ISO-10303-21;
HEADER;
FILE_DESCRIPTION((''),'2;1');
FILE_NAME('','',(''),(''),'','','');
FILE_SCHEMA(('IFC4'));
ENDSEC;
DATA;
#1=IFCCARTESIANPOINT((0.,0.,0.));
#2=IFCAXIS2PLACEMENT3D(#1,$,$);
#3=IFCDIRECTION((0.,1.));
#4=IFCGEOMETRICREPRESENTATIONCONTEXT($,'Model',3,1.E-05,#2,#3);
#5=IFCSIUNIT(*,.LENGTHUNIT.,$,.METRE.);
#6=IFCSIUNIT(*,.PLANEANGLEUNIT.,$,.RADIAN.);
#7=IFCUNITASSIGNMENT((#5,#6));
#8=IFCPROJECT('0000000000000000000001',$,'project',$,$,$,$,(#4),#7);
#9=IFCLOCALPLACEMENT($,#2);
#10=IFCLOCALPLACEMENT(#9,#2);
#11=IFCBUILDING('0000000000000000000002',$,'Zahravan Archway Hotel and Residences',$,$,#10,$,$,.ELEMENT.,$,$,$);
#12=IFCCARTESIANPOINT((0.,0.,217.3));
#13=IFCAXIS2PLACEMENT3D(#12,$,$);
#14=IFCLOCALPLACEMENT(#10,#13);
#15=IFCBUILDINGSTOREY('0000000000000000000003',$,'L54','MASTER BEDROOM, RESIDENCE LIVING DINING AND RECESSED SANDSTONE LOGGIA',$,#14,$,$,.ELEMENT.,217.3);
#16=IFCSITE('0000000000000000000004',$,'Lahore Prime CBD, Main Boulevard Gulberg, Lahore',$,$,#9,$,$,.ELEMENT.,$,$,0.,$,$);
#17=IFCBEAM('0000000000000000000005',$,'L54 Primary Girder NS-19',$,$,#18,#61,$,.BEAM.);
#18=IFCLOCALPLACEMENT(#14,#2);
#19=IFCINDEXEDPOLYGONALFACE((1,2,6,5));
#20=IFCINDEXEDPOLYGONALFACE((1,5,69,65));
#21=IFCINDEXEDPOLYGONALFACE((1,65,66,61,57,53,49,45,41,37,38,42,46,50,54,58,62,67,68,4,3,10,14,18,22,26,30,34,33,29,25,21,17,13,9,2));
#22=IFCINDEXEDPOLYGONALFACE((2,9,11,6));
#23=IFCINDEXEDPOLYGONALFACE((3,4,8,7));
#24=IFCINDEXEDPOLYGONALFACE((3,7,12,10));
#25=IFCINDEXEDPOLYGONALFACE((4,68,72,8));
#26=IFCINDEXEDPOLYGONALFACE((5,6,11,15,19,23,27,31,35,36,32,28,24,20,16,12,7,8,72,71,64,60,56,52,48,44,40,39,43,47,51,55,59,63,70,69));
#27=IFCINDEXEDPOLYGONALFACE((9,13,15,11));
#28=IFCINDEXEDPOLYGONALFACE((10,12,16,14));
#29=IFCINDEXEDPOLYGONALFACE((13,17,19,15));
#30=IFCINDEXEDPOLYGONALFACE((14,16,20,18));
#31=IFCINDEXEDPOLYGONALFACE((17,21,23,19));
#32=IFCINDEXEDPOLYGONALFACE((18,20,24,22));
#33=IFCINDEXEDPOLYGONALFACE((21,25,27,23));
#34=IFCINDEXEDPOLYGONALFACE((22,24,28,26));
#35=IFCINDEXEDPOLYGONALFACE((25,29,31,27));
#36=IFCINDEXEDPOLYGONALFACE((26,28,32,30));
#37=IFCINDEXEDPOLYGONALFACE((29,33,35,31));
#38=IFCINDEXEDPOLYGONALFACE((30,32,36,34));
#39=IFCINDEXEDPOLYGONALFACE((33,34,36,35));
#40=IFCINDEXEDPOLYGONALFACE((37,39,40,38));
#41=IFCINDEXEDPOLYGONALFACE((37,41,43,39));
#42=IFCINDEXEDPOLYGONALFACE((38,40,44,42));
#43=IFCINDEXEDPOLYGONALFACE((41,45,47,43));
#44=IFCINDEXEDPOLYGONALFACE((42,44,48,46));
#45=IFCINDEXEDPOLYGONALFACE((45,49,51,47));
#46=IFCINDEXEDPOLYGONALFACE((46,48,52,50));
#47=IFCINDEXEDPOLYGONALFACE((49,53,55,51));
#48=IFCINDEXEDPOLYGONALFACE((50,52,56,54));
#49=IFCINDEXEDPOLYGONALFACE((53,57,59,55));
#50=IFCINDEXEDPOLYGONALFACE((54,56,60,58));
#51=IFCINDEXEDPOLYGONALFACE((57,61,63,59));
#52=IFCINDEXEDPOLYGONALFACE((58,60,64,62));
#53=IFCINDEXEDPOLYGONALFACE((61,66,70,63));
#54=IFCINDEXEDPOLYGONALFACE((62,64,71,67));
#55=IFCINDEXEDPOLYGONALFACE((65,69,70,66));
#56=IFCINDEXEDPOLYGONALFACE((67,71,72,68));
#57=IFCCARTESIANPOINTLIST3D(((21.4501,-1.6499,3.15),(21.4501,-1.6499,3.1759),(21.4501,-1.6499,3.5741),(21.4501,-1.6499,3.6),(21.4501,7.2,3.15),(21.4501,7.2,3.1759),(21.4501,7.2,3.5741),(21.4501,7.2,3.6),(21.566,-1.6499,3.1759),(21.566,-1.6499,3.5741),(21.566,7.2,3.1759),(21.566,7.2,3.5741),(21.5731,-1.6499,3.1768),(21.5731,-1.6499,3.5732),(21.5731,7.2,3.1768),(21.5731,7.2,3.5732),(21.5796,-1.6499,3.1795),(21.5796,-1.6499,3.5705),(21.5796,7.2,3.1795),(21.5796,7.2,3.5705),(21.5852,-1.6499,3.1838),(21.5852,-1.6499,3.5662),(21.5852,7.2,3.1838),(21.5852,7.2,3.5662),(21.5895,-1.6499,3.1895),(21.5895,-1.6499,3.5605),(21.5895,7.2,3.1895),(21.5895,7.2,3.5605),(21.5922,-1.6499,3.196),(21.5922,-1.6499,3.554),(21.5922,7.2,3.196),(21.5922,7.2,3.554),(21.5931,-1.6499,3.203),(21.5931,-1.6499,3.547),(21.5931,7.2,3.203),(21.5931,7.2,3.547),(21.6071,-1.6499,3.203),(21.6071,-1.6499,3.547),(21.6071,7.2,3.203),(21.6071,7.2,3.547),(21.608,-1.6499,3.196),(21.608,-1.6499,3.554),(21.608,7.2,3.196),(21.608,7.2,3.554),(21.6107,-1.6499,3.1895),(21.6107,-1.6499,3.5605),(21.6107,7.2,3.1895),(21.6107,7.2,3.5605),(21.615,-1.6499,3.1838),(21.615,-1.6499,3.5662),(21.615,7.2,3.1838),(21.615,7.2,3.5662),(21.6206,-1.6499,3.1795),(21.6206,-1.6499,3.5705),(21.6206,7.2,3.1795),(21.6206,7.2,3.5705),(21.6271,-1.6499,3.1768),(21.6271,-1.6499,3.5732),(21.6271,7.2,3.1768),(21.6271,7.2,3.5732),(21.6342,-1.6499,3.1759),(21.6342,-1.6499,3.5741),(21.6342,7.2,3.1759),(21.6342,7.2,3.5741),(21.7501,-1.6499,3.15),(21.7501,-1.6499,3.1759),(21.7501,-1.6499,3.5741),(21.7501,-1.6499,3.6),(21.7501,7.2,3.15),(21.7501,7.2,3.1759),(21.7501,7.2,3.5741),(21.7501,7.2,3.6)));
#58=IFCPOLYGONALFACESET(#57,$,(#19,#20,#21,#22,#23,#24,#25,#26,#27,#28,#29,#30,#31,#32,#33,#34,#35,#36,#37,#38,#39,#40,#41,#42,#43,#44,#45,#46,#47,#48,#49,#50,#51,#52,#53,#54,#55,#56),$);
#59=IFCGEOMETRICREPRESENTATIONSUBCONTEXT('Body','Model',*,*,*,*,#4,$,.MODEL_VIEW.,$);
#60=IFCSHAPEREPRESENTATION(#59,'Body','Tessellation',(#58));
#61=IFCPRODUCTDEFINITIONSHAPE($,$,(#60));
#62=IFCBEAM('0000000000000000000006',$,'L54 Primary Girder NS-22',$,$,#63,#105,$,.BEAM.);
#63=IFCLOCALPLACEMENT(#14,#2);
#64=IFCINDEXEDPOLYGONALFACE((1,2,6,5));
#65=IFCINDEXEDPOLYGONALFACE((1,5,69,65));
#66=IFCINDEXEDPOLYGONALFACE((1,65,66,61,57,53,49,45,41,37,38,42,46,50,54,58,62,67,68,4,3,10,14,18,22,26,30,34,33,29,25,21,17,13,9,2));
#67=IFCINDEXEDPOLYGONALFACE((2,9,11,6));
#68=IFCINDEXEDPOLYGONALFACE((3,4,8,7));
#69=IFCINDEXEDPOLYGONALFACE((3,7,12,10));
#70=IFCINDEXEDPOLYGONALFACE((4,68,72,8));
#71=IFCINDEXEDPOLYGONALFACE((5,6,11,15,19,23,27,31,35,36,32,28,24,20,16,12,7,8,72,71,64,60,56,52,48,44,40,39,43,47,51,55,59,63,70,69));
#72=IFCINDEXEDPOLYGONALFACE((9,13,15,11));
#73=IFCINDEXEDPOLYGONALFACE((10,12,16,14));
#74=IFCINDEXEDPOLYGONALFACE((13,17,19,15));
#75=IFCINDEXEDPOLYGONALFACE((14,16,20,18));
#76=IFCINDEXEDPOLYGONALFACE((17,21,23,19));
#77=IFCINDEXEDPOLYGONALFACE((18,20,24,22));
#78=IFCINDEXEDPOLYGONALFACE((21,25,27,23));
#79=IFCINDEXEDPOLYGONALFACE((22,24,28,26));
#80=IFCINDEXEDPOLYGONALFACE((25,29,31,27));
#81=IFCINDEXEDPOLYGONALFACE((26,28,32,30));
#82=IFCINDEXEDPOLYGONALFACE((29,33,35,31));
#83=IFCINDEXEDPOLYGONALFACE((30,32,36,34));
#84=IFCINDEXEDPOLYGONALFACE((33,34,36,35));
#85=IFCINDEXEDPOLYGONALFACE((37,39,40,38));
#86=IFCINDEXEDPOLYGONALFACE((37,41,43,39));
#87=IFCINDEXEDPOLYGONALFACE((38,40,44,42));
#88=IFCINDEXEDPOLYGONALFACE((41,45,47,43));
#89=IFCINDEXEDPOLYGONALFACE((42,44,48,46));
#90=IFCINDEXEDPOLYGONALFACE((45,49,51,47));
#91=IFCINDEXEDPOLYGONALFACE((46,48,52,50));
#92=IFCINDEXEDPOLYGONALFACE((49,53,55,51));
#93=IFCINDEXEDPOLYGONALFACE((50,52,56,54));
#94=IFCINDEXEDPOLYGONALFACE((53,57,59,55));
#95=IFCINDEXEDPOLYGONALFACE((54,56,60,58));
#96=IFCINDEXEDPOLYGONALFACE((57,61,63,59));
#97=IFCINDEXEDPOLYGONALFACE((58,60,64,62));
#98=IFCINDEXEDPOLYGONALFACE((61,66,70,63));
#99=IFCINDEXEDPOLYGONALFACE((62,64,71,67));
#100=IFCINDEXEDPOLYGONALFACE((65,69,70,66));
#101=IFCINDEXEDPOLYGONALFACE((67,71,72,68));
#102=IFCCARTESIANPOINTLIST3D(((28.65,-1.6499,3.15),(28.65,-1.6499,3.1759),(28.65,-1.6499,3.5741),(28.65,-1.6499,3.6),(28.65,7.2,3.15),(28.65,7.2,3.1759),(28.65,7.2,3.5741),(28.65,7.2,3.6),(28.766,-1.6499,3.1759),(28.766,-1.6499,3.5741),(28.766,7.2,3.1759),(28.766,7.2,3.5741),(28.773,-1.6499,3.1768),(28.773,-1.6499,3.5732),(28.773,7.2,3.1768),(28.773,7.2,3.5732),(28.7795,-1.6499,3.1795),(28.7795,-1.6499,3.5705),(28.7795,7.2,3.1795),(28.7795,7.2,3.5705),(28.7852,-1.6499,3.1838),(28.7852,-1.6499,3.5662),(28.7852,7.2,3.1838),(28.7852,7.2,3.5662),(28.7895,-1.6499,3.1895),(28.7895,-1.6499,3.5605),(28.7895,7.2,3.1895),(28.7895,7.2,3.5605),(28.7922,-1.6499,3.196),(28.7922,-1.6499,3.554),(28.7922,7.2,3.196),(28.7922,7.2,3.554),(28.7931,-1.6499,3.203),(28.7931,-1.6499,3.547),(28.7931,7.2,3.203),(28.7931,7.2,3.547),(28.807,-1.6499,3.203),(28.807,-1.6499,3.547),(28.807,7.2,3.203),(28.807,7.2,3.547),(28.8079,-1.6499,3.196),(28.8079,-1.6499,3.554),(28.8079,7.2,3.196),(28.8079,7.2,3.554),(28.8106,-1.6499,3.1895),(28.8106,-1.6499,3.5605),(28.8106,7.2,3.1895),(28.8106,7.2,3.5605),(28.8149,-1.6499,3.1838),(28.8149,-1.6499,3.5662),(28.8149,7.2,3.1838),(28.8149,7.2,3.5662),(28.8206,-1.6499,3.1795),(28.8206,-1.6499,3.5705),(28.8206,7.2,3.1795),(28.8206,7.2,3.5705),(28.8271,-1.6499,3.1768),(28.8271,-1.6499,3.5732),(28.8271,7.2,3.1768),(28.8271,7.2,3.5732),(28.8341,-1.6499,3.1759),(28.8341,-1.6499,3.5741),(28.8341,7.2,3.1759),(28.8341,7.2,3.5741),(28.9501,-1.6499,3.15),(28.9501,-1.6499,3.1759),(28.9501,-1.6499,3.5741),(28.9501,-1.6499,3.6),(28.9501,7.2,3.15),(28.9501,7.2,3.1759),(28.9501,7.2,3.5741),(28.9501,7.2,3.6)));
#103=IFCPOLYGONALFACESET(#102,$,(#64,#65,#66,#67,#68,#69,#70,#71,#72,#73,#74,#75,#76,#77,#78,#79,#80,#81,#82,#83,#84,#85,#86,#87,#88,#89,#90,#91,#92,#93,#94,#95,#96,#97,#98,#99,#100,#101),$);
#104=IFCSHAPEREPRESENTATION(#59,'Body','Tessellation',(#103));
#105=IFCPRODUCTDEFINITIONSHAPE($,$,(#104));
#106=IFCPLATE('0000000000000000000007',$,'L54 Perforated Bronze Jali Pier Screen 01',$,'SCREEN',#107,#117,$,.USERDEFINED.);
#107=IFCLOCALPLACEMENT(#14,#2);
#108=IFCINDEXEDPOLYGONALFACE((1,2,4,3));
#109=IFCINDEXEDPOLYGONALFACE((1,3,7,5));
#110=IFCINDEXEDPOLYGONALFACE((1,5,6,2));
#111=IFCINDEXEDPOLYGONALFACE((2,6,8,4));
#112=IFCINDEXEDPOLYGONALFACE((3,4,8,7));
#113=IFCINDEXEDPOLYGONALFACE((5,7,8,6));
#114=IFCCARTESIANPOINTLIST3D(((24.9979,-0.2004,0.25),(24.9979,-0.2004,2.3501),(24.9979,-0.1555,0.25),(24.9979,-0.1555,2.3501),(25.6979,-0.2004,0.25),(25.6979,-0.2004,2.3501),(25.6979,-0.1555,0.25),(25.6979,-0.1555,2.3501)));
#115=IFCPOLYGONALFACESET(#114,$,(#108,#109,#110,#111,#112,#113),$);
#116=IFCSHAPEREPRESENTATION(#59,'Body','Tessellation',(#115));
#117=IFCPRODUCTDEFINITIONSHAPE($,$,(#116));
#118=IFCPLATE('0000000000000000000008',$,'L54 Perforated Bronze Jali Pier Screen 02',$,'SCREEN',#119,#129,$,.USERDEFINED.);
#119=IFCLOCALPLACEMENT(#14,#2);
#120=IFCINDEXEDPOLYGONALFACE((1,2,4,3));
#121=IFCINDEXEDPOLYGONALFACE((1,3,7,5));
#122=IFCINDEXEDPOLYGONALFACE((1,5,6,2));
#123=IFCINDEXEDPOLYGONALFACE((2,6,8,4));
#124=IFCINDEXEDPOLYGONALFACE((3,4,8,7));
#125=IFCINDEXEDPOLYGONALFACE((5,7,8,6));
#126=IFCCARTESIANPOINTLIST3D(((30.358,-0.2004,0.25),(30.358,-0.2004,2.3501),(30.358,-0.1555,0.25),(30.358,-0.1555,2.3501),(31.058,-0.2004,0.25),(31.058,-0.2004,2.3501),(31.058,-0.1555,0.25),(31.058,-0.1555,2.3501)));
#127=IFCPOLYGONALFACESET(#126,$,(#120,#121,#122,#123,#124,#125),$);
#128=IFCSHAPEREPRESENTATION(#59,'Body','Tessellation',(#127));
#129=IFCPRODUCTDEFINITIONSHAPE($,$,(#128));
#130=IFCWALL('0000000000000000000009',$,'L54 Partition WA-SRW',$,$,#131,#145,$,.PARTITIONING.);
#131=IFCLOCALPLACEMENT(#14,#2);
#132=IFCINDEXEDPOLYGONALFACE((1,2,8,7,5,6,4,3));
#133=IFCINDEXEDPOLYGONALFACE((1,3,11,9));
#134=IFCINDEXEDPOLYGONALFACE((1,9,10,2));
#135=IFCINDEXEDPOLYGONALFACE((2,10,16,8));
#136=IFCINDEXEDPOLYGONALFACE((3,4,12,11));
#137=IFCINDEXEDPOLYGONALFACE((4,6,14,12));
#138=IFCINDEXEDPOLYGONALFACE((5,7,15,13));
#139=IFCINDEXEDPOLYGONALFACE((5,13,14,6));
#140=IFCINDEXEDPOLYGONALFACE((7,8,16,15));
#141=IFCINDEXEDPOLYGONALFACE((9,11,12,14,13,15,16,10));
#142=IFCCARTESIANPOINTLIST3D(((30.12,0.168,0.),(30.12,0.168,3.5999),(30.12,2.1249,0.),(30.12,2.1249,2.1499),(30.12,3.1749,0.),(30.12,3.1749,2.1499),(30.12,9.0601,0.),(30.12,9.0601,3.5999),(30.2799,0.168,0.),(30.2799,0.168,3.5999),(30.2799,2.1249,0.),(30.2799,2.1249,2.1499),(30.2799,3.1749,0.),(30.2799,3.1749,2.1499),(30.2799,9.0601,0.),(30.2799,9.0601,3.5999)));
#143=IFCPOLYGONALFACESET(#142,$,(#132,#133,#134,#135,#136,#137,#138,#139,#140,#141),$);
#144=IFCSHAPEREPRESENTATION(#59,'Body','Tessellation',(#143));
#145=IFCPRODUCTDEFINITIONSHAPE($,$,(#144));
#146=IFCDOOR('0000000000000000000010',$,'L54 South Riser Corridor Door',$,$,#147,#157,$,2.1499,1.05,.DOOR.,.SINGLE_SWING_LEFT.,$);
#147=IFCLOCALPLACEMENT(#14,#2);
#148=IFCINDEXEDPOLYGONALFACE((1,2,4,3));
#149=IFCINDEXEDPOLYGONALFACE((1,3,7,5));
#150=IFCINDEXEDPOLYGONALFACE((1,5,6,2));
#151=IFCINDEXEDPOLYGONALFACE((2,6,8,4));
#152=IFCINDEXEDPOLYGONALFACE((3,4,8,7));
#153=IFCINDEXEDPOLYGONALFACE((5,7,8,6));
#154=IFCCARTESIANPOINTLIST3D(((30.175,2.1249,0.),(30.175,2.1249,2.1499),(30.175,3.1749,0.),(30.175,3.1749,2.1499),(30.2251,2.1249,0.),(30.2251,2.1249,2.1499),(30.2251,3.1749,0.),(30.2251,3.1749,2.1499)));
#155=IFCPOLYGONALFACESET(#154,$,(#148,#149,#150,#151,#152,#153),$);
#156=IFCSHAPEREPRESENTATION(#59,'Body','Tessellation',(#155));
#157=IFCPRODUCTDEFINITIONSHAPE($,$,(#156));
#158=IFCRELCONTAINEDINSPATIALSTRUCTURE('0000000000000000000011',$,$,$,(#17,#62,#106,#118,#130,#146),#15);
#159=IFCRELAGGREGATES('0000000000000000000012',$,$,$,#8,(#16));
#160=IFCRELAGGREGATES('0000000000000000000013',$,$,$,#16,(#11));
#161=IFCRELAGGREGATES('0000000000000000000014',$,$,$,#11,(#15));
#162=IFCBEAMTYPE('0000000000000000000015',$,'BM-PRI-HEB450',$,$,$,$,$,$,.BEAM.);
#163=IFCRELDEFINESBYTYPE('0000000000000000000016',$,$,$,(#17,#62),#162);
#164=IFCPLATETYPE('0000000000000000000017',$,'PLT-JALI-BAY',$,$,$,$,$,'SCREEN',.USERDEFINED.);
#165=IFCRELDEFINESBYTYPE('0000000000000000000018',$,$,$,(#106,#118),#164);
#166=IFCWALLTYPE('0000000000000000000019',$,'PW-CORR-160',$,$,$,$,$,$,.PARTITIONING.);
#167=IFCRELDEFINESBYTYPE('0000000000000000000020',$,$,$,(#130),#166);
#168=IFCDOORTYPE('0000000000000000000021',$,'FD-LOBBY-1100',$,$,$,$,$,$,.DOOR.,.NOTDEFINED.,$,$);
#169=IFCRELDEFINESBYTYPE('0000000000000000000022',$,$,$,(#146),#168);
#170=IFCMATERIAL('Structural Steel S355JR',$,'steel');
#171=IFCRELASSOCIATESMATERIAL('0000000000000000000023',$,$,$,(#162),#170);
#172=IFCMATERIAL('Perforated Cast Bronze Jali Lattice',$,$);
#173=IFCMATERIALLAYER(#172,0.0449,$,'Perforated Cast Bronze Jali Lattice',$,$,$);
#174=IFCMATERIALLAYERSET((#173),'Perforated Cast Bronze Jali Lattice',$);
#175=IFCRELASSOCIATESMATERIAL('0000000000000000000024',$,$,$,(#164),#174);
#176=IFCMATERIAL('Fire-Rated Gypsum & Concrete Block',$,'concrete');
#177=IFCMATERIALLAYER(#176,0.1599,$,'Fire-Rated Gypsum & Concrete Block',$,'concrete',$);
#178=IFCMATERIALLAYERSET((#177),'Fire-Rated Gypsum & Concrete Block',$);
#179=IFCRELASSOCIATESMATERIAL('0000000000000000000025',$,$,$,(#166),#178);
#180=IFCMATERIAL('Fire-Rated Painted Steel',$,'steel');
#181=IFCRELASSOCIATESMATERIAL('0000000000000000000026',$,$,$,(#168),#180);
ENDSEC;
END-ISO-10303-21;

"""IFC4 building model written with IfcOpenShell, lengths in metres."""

from ifc_helpers import new_model, si_unit, direction, frame, frame_2d, origin, origin_2d, place, context, subcontext, project, spatial, rectangle, i_section, extrude, source, transform, mapped, material, layer, layer_set, material_profile, profile_set, type_object, type_shapes, element, fill, save


model = new_model("IFC4")

# Units and contexts
model_context = context("Model", 3, precision=1e-05, world=origin(), true_north=direction((0.0, 1.0)))
body_context = subcontext(model_context, "Body", "Model", "MODEL_VIEW")
ifc_project = project(units=[si_unit("LENGTHUNIT", "METRE"), si_unit("PLANEANGLEUNIT", "RADIAN")], contexts=[model_context])

# Site, building, storey
site_placement = place(None, origin())
site = spatial("IfcSite", under=ifc_project, at=site_placement, Name="Lahore Prime CBD, Main Boulevard Gulberg, Lahore", CompositionType="ELEMENT", RefElevation=0.0)
building_placement = place(site_placement, origin())
building = spatial("IfcBuilding", under=site, at=building_placement, Name="Zahravan Archway Hotel and Residences", CompositionType="ELEMENT")
storey_placement = place(building_placement, frame((0.0, 0.0, 217.3)))
storey = spatial("IfcBuildingStorey", under=building, at=storey_placement, Name="L54", Description="MASTER BEDROOM, RESIDENCE LIVING DINING AND RECESSED SANDSTONE LOGGIA", CompositionType="ELEMENT", Elevation=217.3)

# Beams
ifc_material_1 = material(Name="Structural Steel S355JR", Category="steel")
ifc_material_profile_1 = material_profile(ifc_material_1, i_section(OverallWidth=0.3, OverallDepth=0.45, WebThickness=0.0139, FlangeThickness=0.0259, FilletRadius=0.0271, at=origin_2d()), Name="HEB 450", Category="steel")
ifc_profile_set_1 = profile_set([ifc_material_profile_1], Name="Structural Steel S355JR")
beam_type_1 = type_object("IfcBeamType", Name="BM-PRI-HEB450", PredefinedType="BEAM", material=ifc_profile_set_1)
shared_shape_1 = source(origin(), body_context, "Body", "SweptSolid", [
    extrude(i_section(OverallWidth=0.3, OverallDepth=0.45, WebThickness=0.0139, FlangeThickness=0.0259, FilletRadius=0.0271, at=origin_2d()), origin(), (0.0, 0.0, 1.0), 8.8499),
])
for number, where, z_axis, x_axis, name in (
    (1, (21.6001, -1.6499, 3.375), (0.0, 1.0, 0.0), (-1.0, 0.0, 0.0), "L54 Primary Girder NS-19"),
    (2, (28.8, -1.6499, 3.375), (0.0, 1.0, 0.0), (-1.0, 0.0, 0.0), "L54 Primary Girder NS-22"),
):
    element("IfcBeam", number, at=place(storey_placement, frame(where, z_axis=z_axis, x_axis=x_axis)), inside=storey, type_object=beam_type_1, Name=name, PredefinedType="BEAM", context=body_context, shape_type="MappedRepresentation", body=[
        mapped(shared_shape_1, transform((0.0, 0.0, 0.0), scale=1.0)),
    ])

# Plates
ifc_material_2 = material(Name="Perforated Cast Bronze Jali Lattice")
ifc_layer_1 = layer(ifc_material_2, 0.0449, Name="Perforated Cast Bronze Jali Lattice")
ifc_layer_set_1 = layer_set([ifc_layer_1], Name="Perforated Cast Bronze Jali Lattice")
plate_type = type_object("IfcPlateType", Name="PLT-JALI-BAY", ElementType="SCREEN", PredefinedType="USERDEFINED", material=ifc_layer_set_1)
shared_shape_2 = source(origin(), body_context, "Body", "SweptSolid", [
    extrude(rectangle(XDim=0.7, YDim=0.0449, at=origin_2d()), origin(), (0.0, 0.0, 1.0), 2.1001),
])
type_shapes(plate_type, [shared_shape_2])
for number, where, z_axis, x_axis, name in (
    (3, (25.3479, -0.178, 0.25), (0.0, 0.0, 1.0), (1.0, 0.0, 0.0), "L54 Perforated Bronze Jali Pier Screen 01"),
    (4, (30.708, -0.178, 0.25), (0.0, 0.0, 1.0), (1.0, 0.0, 0.0), "L54 Perforated Bronze Jali Pier Screen 02"),
):
    element("IfcPlate", number, at=place(storey_placement, frame(where, z_axis=z_axis, x_axis=x_axis)), inside=storey, type_object=plate_type, Name=name, ObjectType="SCREEN", PredefinedType="USERDEFINED", context=body_context, shape_type="MappedRepresentation", body=[
        mapped(shared_shape_2, transform((0.0, 0.0, 0.0), scale=1.0)),
    ])

# Wall, opening, door
ifc_material_3 = material(Name="Fire-Rated Gypsum & Concrete Block", Category="concrete")
ifc_layer_2 = layer(ifc_material_3, 0.1599, Name="Fire-Rated Gypsum & Concrete Block", Category="concrete")
ifc_layer_set_2 = layer_set([ifc_layer_2], Name="Fire-Rated Gypsum & Concrete Block")
wall_type_1 = type_object("IfcWallType", Name="PW-CORR-160", PredefinedType="PARTITIONING", material=ifc_layer_set_2)
wall_1_placement = place(storey_placement, frame((30.2, 0.168, 0.0), z_axis=(0.0, 0.0, 1.0), x_axis=(0.0, 1.0, 0.0)))
wall_1 = element("IfcWall", 5, at=wall_1_placement, inside=storey, type_object=wall_type_1, Name="L54 Partition WA-SRW", PredefinedType="PARTITIONING", context=body_context, shape_type="SweptSolid", body=[
    extrude(rectangle(XDim=8.8921, YDim=0.1599, at=frame_2d((4.446, 0.0))), origin(), (0.0, 0.0, 1.0), 3.5999),
])
opening_1_placement = place(wall_1_placement, frame((1.957, 0.0, 0.0)))
opening_1 = element("IfcOpeningElement", 6, at=opening_1_placement, cuts=wall_1, PredefinedType="OPENING", context=body_context, shape_type="SweptSolid", body=[
    extrude(rectangle(XDim=1.05, YDim=2.1499, at=frame_2d((0.5249, 1.075))), frame((0.0, 0.0898, 0.0), z_axis=(0.0, -1.0, 0.0), x_axis=(1.0, 0.0, 0.0)), (0.0, 0.0, 1.0), 0.1799),
])
ifc_material_4 = material(Name="Fire-Rated Painted Steel", Category="steel")
door_type_1 = type_object("IfcDoorType", Name="FD-LOBBY-1100", OperationType="NOTDEFINED", PredefinedType="DOOR", material=ifc_material_4)
shared_shape_3 = source(origin(), body_context, "Body", "SweptSolid", [
    extrude(rectangle(XDim=1.05, YDim=2.1499, at=frame_2d((0.5249, 1.075))), frame((0.0, 0.0249, 0.0), z_axis=(0.0, -1.0, 0.0), x_axis=(1.0, 0.0, 0.0)), (0.0, 0.0, 1.0), 0.05),
])
type_shapes(door_type_1, [shared_shape_3])
door_1_placement = place(opening_1_placement, origin())
door_1 = element("IfcDoor", 7, at=door_1_placement, inside=storey, type_object=door_type_1, Name="L54 South Riser Corridor Door", OperationType="SINGLE_SWING_LEFT", OverallHeight=2.1499, OverallWidth=1.05, PredefinedType="DOOR", context=body_context, shape_type="MappedRepresentation", body=[
    mapped(shared_shape_3, transform((0.0, 0.0, 0.0), scale=1.0)),
])
fill(opening_1, door_1)

save(model, "model.ifc")
